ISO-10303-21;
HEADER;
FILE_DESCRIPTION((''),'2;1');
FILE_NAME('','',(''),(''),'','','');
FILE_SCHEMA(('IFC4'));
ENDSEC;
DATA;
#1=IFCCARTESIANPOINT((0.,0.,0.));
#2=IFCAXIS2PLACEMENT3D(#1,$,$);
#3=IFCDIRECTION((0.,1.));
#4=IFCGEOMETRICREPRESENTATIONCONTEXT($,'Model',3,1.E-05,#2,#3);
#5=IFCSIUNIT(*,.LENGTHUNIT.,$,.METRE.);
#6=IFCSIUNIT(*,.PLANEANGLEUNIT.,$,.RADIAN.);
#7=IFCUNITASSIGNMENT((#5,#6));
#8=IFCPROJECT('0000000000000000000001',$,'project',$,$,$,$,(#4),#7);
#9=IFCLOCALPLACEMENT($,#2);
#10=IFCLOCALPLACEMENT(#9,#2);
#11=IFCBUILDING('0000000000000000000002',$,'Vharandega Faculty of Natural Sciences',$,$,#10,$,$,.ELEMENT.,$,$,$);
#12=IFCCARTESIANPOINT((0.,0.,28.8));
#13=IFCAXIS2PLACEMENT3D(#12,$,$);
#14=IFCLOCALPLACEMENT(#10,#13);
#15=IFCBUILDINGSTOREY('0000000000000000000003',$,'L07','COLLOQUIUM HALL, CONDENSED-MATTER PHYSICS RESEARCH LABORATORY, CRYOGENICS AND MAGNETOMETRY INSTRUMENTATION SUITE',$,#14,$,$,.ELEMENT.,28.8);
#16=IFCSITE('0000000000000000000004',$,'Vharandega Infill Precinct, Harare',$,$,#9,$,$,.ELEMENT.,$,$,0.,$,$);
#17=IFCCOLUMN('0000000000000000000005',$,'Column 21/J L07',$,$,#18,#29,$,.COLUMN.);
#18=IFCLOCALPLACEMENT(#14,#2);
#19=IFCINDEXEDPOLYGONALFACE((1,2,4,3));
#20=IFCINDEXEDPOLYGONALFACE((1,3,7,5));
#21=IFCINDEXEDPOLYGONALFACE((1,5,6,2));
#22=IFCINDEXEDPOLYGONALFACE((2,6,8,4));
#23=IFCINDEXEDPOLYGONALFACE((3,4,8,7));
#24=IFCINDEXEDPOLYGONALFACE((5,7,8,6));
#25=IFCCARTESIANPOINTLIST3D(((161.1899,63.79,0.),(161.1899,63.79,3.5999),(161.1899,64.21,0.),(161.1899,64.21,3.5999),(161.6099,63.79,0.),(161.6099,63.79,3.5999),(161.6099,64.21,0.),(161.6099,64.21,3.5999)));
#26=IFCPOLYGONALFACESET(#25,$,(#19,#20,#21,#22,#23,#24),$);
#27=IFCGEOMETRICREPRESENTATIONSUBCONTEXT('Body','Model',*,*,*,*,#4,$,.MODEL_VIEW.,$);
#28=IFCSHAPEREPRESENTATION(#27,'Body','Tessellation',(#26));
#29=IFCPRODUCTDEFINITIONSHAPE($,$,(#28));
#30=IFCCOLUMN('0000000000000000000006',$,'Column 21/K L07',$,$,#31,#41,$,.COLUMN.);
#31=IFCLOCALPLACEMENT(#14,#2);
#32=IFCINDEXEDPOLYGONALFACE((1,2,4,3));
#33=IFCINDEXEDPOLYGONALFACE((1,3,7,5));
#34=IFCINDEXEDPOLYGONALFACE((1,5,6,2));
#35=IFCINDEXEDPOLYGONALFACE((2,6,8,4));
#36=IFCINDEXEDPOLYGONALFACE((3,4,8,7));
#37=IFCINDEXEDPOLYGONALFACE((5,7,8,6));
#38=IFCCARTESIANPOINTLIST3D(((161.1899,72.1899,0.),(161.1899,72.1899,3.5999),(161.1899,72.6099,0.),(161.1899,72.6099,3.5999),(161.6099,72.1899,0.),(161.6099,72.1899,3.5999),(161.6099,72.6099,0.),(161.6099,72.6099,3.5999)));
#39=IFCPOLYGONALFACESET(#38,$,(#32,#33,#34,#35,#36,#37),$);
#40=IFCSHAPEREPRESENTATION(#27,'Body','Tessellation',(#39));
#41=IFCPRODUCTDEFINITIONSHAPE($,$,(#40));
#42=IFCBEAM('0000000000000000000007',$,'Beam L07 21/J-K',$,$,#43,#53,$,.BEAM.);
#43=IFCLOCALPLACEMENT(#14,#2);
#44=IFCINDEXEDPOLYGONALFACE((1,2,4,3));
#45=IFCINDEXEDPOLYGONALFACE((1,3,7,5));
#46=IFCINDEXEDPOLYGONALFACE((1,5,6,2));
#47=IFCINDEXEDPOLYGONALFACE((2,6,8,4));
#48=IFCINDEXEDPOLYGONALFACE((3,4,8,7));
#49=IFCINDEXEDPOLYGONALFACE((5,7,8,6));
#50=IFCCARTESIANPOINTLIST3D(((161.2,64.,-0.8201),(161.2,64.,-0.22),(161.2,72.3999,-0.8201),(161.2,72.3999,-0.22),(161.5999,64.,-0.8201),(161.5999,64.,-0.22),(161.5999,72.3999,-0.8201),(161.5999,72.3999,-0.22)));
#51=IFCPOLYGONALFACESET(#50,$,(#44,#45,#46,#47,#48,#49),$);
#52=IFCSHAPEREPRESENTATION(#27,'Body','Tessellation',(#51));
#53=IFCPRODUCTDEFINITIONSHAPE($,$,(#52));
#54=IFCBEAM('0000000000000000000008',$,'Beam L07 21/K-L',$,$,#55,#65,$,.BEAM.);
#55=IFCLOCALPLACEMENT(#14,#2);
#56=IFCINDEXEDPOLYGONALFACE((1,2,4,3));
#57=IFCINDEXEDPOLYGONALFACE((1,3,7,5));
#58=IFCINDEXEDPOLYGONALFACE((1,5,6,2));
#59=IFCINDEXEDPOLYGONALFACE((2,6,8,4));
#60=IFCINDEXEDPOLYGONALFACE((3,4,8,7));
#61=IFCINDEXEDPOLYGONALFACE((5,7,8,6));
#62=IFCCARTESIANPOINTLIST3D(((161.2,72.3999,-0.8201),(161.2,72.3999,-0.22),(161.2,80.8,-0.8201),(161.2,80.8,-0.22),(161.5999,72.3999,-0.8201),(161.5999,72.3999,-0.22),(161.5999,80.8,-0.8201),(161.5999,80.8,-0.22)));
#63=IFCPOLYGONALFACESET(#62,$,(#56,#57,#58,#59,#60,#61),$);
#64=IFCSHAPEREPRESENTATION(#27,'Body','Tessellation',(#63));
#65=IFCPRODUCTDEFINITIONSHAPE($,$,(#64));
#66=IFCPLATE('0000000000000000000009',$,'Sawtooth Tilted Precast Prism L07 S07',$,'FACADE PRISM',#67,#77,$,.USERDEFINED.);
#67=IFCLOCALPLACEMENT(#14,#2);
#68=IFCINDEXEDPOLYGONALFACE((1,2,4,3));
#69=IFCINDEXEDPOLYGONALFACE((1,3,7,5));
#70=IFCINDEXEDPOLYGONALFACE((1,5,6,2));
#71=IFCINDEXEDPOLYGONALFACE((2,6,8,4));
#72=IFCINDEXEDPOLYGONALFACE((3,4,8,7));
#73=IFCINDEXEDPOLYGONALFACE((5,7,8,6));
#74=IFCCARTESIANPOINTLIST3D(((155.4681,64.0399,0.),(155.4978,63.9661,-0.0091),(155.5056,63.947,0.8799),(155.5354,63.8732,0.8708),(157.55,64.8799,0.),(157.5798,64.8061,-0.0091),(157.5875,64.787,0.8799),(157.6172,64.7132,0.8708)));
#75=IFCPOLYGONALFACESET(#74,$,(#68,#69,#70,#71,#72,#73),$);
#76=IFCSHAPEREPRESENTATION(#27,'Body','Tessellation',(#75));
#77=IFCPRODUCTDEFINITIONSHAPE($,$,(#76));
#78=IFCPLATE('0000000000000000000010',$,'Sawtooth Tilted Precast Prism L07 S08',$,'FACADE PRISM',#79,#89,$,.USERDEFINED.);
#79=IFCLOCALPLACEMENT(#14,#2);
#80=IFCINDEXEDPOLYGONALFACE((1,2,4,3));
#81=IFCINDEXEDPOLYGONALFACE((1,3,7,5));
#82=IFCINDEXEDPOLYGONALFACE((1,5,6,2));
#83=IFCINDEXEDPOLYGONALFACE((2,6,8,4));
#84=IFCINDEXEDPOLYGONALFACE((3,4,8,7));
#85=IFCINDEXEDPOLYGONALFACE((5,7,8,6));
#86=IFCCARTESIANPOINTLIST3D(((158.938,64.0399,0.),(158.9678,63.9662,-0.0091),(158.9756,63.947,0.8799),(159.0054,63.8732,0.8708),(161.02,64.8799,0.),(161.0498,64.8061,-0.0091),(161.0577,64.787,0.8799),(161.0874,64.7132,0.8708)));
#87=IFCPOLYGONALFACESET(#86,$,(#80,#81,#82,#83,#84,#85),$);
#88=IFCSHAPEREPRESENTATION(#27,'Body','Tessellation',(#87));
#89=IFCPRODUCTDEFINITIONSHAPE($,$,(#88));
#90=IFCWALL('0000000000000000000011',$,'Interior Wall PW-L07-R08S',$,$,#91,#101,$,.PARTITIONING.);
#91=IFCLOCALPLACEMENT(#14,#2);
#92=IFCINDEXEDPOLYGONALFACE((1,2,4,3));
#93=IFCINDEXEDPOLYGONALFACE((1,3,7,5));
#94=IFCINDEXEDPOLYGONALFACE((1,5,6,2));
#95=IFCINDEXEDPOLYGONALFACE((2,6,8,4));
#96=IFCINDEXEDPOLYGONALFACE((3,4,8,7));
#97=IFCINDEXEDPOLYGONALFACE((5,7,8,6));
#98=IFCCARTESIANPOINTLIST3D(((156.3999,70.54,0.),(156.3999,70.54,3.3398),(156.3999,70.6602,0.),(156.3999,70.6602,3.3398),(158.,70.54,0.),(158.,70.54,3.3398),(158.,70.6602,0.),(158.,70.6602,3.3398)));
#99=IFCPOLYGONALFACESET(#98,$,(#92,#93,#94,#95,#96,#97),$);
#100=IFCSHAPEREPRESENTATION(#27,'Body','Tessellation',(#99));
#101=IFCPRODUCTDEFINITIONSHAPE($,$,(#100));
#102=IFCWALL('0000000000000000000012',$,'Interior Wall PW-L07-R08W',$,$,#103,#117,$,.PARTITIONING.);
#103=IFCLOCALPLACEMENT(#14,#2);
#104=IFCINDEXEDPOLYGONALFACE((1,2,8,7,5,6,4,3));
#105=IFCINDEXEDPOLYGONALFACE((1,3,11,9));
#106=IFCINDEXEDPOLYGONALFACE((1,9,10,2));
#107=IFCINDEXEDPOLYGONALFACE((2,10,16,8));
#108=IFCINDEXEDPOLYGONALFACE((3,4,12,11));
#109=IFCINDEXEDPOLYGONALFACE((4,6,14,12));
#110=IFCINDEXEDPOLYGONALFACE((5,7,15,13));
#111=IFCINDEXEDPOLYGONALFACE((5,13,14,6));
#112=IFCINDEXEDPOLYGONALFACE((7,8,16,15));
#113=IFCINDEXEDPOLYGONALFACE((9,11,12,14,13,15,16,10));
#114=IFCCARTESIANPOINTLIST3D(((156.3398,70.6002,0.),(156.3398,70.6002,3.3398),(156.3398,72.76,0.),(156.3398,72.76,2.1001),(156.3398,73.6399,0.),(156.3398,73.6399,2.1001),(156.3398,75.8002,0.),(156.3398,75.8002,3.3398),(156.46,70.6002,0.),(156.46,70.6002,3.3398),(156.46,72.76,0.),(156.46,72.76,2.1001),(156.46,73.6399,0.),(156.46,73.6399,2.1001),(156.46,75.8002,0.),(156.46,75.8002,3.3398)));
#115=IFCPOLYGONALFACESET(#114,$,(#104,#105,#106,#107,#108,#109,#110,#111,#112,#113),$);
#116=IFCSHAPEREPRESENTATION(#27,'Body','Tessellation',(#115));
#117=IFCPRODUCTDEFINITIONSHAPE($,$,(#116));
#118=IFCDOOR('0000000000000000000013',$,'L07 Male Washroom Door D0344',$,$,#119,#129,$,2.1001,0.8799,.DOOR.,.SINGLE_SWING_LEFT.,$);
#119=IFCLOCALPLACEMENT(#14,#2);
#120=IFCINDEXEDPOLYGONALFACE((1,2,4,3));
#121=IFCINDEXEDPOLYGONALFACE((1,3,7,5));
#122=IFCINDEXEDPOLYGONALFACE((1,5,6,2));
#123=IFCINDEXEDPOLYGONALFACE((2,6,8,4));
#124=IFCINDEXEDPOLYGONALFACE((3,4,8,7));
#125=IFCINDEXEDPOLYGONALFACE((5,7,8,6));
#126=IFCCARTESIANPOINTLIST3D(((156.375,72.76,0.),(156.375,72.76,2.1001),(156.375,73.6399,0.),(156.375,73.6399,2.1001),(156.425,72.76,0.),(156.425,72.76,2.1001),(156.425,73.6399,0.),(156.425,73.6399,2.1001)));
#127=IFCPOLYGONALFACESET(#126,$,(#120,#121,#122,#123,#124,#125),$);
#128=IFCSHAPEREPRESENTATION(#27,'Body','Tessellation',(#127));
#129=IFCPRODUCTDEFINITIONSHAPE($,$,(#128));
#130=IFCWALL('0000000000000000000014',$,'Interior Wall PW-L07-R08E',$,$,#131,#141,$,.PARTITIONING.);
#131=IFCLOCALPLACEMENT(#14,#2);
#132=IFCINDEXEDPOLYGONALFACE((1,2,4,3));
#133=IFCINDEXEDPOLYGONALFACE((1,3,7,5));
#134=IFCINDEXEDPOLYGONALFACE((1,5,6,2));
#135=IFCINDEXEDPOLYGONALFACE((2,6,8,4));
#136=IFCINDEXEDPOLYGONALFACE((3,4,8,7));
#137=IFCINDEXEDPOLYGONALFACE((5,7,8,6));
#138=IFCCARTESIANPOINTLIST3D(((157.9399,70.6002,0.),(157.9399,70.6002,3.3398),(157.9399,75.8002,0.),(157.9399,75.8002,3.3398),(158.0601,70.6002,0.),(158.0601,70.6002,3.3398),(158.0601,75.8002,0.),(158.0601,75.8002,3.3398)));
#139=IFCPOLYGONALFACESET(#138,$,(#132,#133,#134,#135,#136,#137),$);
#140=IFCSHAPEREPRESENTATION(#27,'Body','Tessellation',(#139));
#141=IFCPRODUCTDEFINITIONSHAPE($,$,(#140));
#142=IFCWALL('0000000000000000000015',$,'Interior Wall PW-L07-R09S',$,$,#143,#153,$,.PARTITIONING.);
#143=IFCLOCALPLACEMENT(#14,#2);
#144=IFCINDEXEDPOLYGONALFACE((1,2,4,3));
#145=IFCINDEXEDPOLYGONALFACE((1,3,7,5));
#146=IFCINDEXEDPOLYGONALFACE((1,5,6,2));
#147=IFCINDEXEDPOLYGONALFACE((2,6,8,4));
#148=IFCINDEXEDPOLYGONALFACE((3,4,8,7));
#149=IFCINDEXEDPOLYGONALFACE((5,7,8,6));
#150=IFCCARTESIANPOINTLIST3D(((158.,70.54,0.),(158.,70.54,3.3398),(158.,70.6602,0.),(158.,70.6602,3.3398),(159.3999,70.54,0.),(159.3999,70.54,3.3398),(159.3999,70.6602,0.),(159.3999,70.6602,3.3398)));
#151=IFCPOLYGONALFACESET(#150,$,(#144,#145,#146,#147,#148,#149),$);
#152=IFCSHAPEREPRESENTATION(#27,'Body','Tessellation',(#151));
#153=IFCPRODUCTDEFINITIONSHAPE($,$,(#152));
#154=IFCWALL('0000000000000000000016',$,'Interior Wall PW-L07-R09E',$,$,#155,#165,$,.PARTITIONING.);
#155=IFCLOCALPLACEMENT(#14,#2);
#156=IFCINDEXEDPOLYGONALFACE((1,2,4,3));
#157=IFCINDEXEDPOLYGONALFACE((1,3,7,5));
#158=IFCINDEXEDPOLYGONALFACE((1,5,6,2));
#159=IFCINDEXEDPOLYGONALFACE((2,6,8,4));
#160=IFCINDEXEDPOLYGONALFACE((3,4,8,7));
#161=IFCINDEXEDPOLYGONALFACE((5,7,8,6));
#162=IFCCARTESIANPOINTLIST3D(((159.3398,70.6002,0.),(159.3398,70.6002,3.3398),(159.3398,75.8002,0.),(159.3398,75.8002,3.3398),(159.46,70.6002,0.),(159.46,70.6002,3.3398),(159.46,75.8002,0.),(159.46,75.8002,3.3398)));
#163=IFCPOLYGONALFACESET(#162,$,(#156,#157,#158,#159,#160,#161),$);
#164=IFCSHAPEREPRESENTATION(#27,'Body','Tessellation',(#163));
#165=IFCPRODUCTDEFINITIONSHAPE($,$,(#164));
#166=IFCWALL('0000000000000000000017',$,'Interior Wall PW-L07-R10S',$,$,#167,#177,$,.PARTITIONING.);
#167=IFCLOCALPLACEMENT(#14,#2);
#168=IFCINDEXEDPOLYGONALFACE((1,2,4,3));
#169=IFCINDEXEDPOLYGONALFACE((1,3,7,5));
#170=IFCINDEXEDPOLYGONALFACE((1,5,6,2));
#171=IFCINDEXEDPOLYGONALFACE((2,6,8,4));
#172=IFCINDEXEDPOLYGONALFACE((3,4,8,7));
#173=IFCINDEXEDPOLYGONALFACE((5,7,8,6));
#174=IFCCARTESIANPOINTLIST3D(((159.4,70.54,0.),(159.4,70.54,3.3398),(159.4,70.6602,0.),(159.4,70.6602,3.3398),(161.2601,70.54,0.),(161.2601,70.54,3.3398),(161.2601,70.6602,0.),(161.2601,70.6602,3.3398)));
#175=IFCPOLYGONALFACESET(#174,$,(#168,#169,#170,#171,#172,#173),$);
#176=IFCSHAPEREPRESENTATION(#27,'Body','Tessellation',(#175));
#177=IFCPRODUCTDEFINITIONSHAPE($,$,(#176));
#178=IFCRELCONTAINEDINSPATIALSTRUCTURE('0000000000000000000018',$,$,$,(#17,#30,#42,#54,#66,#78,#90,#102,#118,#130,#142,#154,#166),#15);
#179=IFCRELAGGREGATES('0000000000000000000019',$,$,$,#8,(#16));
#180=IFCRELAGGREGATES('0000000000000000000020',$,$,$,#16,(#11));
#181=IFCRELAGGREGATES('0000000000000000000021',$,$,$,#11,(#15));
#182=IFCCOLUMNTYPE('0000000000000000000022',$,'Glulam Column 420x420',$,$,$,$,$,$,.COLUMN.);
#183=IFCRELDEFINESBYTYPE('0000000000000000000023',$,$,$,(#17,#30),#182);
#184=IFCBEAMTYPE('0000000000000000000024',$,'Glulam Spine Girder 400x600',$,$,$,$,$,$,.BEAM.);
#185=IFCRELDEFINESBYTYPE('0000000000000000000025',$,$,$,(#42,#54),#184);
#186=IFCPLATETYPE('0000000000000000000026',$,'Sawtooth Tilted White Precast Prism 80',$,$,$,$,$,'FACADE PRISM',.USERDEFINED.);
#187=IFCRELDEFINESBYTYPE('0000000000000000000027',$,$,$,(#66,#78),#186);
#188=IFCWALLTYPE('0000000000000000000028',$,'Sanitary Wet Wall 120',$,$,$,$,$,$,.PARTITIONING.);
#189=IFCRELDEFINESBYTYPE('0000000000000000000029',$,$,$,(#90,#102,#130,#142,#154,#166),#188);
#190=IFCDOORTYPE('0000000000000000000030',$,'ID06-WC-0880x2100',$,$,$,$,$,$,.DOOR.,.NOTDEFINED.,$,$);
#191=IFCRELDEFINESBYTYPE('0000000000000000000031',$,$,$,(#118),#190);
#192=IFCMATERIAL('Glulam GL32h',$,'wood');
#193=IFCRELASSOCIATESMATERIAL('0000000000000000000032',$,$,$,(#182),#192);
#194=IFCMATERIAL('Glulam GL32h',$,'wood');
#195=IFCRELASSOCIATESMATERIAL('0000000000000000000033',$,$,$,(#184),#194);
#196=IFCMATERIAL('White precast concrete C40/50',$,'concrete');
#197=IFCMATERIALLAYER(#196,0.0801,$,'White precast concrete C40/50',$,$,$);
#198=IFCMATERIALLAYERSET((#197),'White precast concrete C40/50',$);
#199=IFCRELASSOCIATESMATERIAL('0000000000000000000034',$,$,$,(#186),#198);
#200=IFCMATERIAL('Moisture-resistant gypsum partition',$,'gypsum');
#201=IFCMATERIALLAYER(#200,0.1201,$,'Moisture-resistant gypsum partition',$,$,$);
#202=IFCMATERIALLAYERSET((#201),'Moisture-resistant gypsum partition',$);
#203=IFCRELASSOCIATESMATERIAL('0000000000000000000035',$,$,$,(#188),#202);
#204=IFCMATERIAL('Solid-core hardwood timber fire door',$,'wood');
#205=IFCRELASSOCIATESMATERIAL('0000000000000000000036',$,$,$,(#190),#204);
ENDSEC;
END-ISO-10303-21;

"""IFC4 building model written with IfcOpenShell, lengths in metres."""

from ifc_helpers import new_model, si_unit, direction, frame, frame_2d, origin, origin_2d, place, context, subcontext, project, spatial, polyline, rectangle, outline, extrude, material, layer, layer_set, material_profile, profile_set, type_object, element, fill, save


model = new_model("IFC4")

# Units and contexts
model_context = context("Model", 3, precision=1e-05, world=origin(), true_north=direction((0.0, 1.0)))
body_context = subcontext(model_context, "Body", "Model", "MODEL_VIEW")
ifc_project = project(units=[si_unit("LENGTHUNIT", "METRE"), si_unit("PLANEANGLEUNIT", "RADIAN")], contexts=[model_context])

# Site, building, storey
site_placement = place(None, origin())
site = spatial("IfcSite", under=ifc_project, at=site_placement, Name="Vharandega Infill Precinct, Harare", CompositionType="ELEMENT", RefElevation=0.0)
building_placement = place(site_placement, origin())
building = spatial("IfcBuilding", under=site, at=building_placement, Name="Vharandega Faculty of Natural Sciences", CompositionType="ELEMENT")
storey_placement = place(building_placement, frame((0.0, 0.0, 28.8)))
storey = spatial("IfcBuildingStorey", under=building, at=storey_placement, Name="L07", Description="COLLOQUIUM HALL, CONDENSED-MATTER PHYSICS RESEARCH LABORATORY, CRYOGENICS AND MAGNETOMETRY INSTRUMENTATION SUITE", CompositionType="ELEMENT", Elevation=28.8)

# Columns
ifc_material_1 = material(Name="Glulam GL32h", Category="wood")
ifc_material_profile_1 = material_profile(ifc_material_1, rectangle(XDim=0.4199, YDim=0.4199, at=origin_2d()), Name="GL32h 420x420")
ifc_profile_set_1 = profile_set([ifc_material_profile_1], Name="Glulam GL32h")
column_type = type_object("IfcColumnType", Name="Glulam Column 420x420", PredefinedType="COLUMN", material=ifc_profile_set_1)
for number, where, z_axis, x_axis, name in (
    (1, (161.3999, 64.0, 0.0), (0.0, 0.0, 1.0), (1.0, 0.0, 0.0), "Column 21/J L07"),
    (2, (161.3999, 72.3999, 0.0), (0.0, 0.0, 1.0), (1.0, 0.0, 0.0), "Column 21/K L07"),
):
    element("IfcColumn", number, at=place(storey_placement, frame(where, z_axis=z_axis, x_axis=x_axis)), inside=storey, type_object=column_type, Name=name, PredefinedType="COLUMN", context=body_context, shape_type="SweptSolid", body=[
        extrude(rectangle(XDim=0.4199, YDim=0.4199, at=origin_2d()), origin(), (0.0, 0.0, 1.0), 3.5999),
    ])

# Beams
ifc_material_2 = material(Name="Glulam GL32h", Category="wood")
ifc_material_profile_2 = material_profile(ifc_material_2, rectangle(XDim=0.3999, YDim=0.6001, at=origin_2d()), Name="GL32h 400x600")
ifc_profile_set_2 = profile_set([ifc_material_profile_2], Name="Glulam GL32h")
beam_type = type_object("IfcBeamType", Name="Glulam Spine Girder 400x600", PredefinedType="BEAM", material=ifc_profile_set_2)
beam_1_placement = place(storey_placement, frame((161.3999, 64.0, -0.52), z_axis=(0.0, 1.0, 0.0), x_axis=(-1.0, 0.0, 0.0)))
element("IfcBeam", 3, at=beam_1_placement, inside=storey, type_object=beam_type, Name="Beam L07 21/J-K", PredefinedType="BEAM", context=body_context, shape_type="SweptSolid", body=[
    extrude(rectangle(XDim=0.3999, YDim=0.6001, at=origin_2d()), origin(), (0.0, 0.0, 1.0), 8.3999),
])
beam_2_placement = place(storey_placement, frame((161.3999, 72.3999, -0.52), z_axis=(0.0, 1.0, 0.0), x_axis=(-1.0, 0.0, 0.0)))
element("IfcBeam", 4, at=beam_2_placement, inside=storey, type_object=beam_type, Name="Beam L07 21/K-L", PredefinedType="BEAM", context=body_context, shape_type="SweptSolid", body=[
    extrude(rectangle(XDim=0.3999, YDim=0.6001, at=origin_2d()), origin(), (0.0, 0.0, 1.0), 8.4001),
])

# Plates
ifc_material_3 = material(Name="White precast concrete C40/50", Category="concrete")
ifc_layer_1 = layer(ifc_material_3, 0.0801, Name="White precast concrete C40/50")
ifc_layer_set_1 = layer_set([ifc_layer_1], Name="White precast concrete C40/50")
plate_type = type_object("IfcPlateType", Name="Sawtooth Tilted White Precast Prism 80", ElementType="FACADE PRISM", PredefinedType="USERDEFINED", material=ifc_layer_set_1)
plate_1_placement = place(storey_placement, frame((157.55, 64.8799, 0.0), z_axis=(-0.371753, 0.921415, 0.113114), x_axis=(0.042247, -0.104928, 0.993582)))
element("IfcPlate", 5, at=plate_1_placement, inside=storey, type_object=plate_type, Name="Sawtooth Tilted Precast Prism L07 S07", ObjectType="FACADE PRISM", PredefinedType="USERDEFINED", context=body_context, shape_type="SweptSolid", body=[
    extrude(outline(polyline([(0.0, 0.0), (0.8855, 0.0), (0.8857, -2.2449), (0.0002, -2.245), (0.0, 0.0)])), origin(), (0.0, 0.0, -1.0), 0.0801),
])
plate_2_placement = place(storey_placement, frame((161.02, 64.8799, 0.0), z_axis=(-0.371732, 0.921417, 0.113165), x_axis=(0.042504, -0.10488, 0.993576)))
element("IfcPlate", 6, at=plate_2_placement, inside=storey, type_object=plate_type, Name="Sawtooth Tilted Precast Prism L07 S08", ObjectType="FACADE PRISM", PredefinedType="USERDEFINED", context=body_context, shape_type="SweptSolid", body=[
    extrude(outline(polyline([(0.0, 0.0), (0.8856, 0.0), (0.8852, -2.2451), (-0.0004, -2.245), (0.0, 0.0)])), origin(), (0.0, 0.0, -1.0), 0.0801),
])

# Wall
ifc_material_4 = material(Name="Moisture-resistant gypsum partition", Category="gypsum")
ifc_layer_2 = layer(ifc_material_4, 0.1201, Name="Moisture-resistant gypsum partition")
ifc_layer_set_2 = layer_set([ifc_layer_2], Name="Moisture-resistant gypsum partition")
wall_type_1 = type_object("IfcWallType", Name="Sanitary Wet Wall 120", PredefinedType="PARTITIONING", material=ifc_layer_set_2)
wall_1_placement = place(storey_placement, frame((156.3999, 70.6001, 0.0), z_axis=(0.0, 0.0, 1.0), x_axis=(1.0, 0.0, 0.0)))
element("IfcWall", 7, at=wall_1_placement, inside=storey, type_object=wall_type_1, Name="Interior Wall PW-L07-R08S", PredefinedType="PARTITIONING", context=body_context, shape_type="SweptSolid", body=[
    extrude(rectangle(XDim=1.6001, YDim=0.1201, at=frame_2d((0.8, 0.0))), origin(), (0.0, 0.0, 1.0), 3.3398),
])

# Wall, opening, door
wall_2_placement = place(storey_placement, frame((156.3999, 70.6001, 0.0), z_axis=(0.0, 0.0, 1.0), x_axis=(0.0, 1.0, 0.0)))
wall_2 = element("IfcWall", 8, at=wall_2_placement, inside=storey, type_object=wall_type_1, Name="Interior Wall PW-L07-R08W", PredefinedType="PARTITIONING", context=body_context, shape_type="SweptSolid", body=[
    extrude(rectangle(XDim=5.2, YDim=0.1201, at=frame_2d((2.6001, 0.0))), origin(), (0.0, 0.0, 1.0), 3.3398),
])
opening_1_placement = place(wall_2_placement, frame((2.1599, 0.0, 0.0)))
opening_1 = element("IfcOpeningElement", 9, at=opening_1_placement, cuts=wall_2, PredefinedType="OPENING", context=body_context, shape_type="SweptSolid", body=[
    extrude(rectangle(XDim=0.8799, YDim=2.1001, at=frame_2d((0.4399, 1.05))), frame((0.0, 0.0701, 0.0), z_axis=(0.0, -1.0, 0.0), x_axis=(1.0, 0.0, 0.0)), (0.0, 0.0, 1.0), 0.1401),
])
ifc_material_5 = material(Name="Solid-core hardwood timber fire door", Category="wood")
door_type = type_object("IfcDoorType", Name="ID06-WC-0880x2100", OperationType="NOTDEFINED", PredefinedType="DOOR", material=ifc_material_5)
door_placement = place(opening_1_placement, origin())
door = element("IfcDoor", 10, at=door_placement, inside=storey, type_object=door_type, Name="L07 Male Washroom Door D0344", OperationType="SINGLE_SWING_LEFT", OverallHeight=2.1001, OverallWidth=0.8799, PredefinedType="DOOR", context=body_context, shape_type="SweptSolid", body=[
    extrude(rectangle(XDim=0.8799, YDim=2.1001, at=frame_2d((0.4399, 1.05))), frame((0.0, 0.0249, 0.0), z_axis=(0.0, -1.0, 0.0), x_axis=(1.0, 0.0, 0.0)), (0.0, 0.0, 1.0), 0.05),
])
fill(opening_1, door)

# Walls
wall_3_placement = place(storey_placement, frame((158.0, 70.6001, 0.0), z_axis=(0.0, 0.0, 1.0), x_axis=(0.0, 1.0, 0.0)))
element("IfcWall", 11, at=wall_3_placement, inside=storey, type_object=wall_type_1, Name="Interior Wall PW-L07-R08E", PredefinedType="PARTITIONING", context=body_context, shape_type="SweptSolid", body=[
    extrude(rectangle(XDim=5.2, YDim=0.1201, at=frame_2d((2.6001, 0.0))), origin(), (0.0, 0.0, 1.0), 3.3398),
])
wall_4_placement = place(storey_placement, frame((158.0, 70.6001, 0.0), z_axis=(0.0, 0.0, 1.0), x_axis=(1.0, 0.0, 0.0)))
element("IfcWall", 12, at=wall_4_placement, inside=storey, type_object=wall_type_1, Name="Interior Wall PW-L07-R09S", PredefinedType="PARTITIONING", context=body_context, shape_type="SweptSolid", body=[
    extrude(rectangle(XDim=1.3999, YDim=0.1201, at=frame_2d((0.7, 0.0))), origin(), (0.0, 0.0, 1.0), 3.3398),
])
wall_5_placement = place(storey_placement, frame((159.3999, 70.6001, 0.0), z_axis=(0.0, 0.0, 1.0), x_axis=(0.0, 1.0, 0.0)))
element("IfcWall", 13, at=wall_5_placement, inside=storey, type_object=wall_type_1, Name="Interior Wall PW-L07-R09E", PredefinedType="PARTITIONING", context=body_context, shape_type="SweptSolid", body=[
    extrude(rectangle(XDim=5.2, YDim=0.1201, at=frame_2d((2.6001, 0.0))), origin(), (0.0, 0.0, 1.0), 3.3398),
])
wall_6_placement = place(storey_placement, frame((159.3999, 70.6001, 0.0), z_axis=(0.0, 0.0, 1.0), x_axis=(1.0, 0.0, 0.0)))
element("IfcWall", 14, at=wall_6_placement, inside=storey, type_object=wall_type_1, Name="Interior Wall PW-L07-R10S", PredefinedType="PARTITIONING", context=body_context, shape_type="SweptSolid", body=[
    extrude(rectangle(XDim=1.8601, YDim=0.1201, at=frame_2d((0.9302, 0.0))), origin(), (0.0, 0.0, 1.0), 3.3398),
])

save(model, "model.ifc")
